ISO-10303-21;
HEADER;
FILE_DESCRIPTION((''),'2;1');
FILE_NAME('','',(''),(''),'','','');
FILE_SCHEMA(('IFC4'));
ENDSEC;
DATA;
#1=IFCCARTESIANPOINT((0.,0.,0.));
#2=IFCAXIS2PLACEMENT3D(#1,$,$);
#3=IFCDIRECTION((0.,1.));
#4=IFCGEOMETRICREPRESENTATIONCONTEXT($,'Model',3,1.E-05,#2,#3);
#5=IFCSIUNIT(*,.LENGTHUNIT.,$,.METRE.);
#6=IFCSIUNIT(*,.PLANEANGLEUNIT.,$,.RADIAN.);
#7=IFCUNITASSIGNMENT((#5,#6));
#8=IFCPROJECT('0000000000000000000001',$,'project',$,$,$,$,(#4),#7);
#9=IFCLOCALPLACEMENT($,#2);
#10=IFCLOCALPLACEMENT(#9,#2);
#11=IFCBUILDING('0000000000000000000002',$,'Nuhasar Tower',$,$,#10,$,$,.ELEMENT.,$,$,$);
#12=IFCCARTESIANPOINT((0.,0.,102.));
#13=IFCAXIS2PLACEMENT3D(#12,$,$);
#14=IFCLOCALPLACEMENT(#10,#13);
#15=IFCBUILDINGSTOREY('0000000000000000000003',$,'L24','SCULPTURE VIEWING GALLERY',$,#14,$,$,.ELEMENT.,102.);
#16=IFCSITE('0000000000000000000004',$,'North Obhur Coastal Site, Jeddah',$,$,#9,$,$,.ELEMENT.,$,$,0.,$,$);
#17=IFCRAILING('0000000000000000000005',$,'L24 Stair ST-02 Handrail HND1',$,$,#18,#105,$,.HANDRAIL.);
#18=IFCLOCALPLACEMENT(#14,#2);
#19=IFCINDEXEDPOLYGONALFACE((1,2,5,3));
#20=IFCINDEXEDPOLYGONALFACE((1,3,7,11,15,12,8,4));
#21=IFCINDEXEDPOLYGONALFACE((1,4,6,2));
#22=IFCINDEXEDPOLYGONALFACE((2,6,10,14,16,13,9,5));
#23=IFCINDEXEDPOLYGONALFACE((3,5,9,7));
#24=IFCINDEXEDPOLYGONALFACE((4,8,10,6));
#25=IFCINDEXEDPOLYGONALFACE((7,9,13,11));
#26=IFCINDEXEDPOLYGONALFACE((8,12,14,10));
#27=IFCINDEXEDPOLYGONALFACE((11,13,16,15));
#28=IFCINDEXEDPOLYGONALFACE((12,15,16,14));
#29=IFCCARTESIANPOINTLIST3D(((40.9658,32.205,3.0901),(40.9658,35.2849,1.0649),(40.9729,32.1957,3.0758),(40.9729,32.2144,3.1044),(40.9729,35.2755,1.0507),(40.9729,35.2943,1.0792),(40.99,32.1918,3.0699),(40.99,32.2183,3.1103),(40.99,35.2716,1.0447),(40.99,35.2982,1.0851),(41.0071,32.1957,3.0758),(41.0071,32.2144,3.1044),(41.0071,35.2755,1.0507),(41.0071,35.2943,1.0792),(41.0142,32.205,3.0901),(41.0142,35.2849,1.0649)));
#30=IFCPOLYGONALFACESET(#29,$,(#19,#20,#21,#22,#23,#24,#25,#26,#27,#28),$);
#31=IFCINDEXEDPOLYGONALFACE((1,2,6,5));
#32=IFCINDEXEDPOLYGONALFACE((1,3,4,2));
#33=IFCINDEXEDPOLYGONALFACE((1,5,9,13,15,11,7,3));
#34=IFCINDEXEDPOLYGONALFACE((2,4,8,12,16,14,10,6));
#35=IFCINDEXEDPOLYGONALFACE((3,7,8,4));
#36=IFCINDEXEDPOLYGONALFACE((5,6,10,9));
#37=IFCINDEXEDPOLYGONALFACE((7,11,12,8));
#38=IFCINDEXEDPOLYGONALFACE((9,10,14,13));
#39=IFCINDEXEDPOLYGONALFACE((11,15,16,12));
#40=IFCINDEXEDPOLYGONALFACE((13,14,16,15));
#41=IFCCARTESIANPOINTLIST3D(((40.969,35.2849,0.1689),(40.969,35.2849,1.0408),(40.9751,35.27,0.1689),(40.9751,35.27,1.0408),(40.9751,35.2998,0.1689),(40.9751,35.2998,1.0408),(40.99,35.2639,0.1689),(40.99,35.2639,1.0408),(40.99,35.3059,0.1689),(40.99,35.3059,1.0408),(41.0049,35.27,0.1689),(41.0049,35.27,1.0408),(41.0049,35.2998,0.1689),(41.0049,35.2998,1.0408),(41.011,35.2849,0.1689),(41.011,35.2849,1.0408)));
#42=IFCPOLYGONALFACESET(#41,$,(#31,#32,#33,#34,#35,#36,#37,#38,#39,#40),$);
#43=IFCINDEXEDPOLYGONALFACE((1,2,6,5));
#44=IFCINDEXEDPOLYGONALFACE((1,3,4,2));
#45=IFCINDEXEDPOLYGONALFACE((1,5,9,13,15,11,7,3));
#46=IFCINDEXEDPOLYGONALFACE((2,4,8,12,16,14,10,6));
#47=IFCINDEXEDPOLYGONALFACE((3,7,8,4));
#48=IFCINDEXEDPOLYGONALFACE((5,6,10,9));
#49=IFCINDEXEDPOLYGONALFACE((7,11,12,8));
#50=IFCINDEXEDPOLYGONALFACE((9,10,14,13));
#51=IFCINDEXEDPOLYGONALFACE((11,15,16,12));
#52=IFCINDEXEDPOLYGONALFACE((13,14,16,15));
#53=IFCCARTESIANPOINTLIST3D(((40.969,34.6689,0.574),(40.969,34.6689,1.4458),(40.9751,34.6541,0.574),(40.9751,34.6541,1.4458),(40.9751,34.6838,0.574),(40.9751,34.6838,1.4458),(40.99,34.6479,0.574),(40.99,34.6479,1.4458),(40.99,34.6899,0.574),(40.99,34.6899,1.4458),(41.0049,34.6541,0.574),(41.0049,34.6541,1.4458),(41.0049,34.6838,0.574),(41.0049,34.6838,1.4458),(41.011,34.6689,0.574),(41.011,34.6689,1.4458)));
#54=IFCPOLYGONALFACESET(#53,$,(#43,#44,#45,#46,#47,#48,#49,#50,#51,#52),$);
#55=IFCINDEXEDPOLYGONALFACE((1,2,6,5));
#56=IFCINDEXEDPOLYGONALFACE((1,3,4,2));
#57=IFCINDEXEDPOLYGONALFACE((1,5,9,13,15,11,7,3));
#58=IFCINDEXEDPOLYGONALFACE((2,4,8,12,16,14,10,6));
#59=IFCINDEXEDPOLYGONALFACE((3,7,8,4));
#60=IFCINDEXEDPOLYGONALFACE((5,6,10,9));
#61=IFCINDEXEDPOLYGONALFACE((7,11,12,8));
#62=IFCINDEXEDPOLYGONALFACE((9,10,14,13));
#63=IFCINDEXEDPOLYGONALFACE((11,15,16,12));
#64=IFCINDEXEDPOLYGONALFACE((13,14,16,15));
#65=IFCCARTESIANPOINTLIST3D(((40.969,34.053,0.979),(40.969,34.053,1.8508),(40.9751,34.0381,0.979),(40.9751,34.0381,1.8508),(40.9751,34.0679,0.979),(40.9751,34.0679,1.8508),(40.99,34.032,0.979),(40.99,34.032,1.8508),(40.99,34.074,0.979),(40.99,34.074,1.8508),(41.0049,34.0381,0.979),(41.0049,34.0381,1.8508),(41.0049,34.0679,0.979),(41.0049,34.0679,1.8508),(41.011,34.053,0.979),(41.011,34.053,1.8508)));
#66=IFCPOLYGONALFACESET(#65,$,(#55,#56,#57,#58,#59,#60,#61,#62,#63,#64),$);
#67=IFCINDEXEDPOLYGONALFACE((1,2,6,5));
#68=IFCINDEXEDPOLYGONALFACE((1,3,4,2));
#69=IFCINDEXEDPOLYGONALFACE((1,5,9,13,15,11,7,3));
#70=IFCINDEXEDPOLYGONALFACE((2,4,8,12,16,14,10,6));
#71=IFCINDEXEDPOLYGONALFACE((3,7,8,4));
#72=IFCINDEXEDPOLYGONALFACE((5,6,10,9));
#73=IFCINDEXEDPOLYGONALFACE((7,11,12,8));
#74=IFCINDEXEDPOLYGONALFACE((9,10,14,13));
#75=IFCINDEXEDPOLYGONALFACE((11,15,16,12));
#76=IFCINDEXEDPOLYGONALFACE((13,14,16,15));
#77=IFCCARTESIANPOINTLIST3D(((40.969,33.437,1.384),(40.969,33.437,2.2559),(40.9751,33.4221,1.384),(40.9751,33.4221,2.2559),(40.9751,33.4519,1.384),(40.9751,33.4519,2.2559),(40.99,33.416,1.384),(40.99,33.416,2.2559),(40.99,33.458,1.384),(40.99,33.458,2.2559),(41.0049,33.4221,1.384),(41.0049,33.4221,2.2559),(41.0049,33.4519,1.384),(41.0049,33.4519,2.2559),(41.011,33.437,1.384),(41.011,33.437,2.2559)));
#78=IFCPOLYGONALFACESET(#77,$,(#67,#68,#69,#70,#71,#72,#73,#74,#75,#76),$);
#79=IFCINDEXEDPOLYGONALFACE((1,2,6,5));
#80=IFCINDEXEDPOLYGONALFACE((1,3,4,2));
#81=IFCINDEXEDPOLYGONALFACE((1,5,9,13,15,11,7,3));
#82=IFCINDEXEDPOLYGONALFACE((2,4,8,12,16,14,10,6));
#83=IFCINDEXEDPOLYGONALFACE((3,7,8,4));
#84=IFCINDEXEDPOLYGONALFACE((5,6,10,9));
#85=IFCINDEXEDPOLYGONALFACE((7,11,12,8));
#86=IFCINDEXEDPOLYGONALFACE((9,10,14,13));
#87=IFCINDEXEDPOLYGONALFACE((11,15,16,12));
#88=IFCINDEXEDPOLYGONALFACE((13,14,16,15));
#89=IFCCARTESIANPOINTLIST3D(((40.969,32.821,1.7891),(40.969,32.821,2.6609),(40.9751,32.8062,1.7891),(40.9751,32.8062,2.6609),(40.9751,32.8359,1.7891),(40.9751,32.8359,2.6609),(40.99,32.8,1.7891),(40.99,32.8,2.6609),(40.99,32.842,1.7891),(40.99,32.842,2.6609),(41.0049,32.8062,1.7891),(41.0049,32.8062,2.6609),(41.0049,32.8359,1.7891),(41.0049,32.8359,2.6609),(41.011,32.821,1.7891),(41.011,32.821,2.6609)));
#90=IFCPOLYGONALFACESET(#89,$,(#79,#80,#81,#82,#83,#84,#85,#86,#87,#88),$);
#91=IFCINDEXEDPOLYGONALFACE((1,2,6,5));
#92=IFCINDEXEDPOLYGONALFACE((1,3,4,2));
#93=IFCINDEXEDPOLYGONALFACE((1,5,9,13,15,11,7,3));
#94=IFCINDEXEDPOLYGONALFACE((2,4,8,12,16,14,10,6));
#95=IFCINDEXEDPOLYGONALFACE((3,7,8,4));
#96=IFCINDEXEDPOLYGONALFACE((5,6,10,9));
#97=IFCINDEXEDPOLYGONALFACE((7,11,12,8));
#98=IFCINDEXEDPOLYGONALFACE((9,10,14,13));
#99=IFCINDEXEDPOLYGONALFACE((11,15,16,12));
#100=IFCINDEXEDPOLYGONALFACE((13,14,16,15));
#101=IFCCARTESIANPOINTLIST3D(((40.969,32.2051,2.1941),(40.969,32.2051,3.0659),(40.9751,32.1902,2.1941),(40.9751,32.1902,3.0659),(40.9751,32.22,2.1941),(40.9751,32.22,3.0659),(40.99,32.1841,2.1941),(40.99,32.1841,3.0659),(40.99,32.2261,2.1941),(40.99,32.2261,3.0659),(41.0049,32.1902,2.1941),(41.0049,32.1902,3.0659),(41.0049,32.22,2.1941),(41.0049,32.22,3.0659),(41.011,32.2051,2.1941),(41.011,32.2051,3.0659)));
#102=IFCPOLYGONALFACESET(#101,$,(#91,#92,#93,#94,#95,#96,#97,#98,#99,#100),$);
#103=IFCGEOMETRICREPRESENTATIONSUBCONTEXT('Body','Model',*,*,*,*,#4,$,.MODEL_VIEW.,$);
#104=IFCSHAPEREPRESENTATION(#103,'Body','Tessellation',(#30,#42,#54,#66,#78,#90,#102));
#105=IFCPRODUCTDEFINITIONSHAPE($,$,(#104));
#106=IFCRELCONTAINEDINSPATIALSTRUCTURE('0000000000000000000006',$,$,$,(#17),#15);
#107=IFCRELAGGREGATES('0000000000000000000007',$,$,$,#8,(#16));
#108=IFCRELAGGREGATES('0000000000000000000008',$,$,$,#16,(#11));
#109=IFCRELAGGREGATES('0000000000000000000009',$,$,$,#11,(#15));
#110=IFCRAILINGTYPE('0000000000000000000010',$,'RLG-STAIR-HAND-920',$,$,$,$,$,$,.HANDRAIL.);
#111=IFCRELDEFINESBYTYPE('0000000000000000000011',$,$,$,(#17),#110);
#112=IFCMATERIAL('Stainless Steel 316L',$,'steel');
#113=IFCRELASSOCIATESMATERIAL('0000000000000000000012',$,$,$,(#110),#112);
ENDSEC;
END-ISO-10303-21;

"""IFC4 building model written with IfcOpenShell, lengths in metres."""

from ifc_helpers import new_model, si_unit, direction, frame, origin, place, context, subcontext, project, spatial, polyline, outline, extrude, material, type_object, element, save


model = new_model("IFC4")

# Units and contexts
model_context = context("Model", 3, precision=1e-05, world=origin(), true_north=direction((0.0, 1.0)))
body_context = subcontext(model_context, "Body", "Model", "MODEL_VIEW")
ifc_project = project(units=[si_unit("LENGTHUNIT", "METRE"), si_unit("PLANEANGLEUNIT", "RADIAN")], contexts=[model_context])

# Site, building, storey
site_placement = place(None, origin())
site = spatial("IfcSite", under=ifc_project, at=site_placement, Name="North Obhur Coastal Site, Jeddah", CompositionType="ELEMENT", RefElevation=0.0)
building_placement = place(site_placement, origin())
building = spatial("IfcBuilding", under=site, at=building_placement, Name="Nuhasar Tower", CompositionType="ELEMENT")
storey_placement = place(building_placement, frame((0.0, 0.0, 102.0)))
storey = spatial("IfcBuildingStorey", under=building, at=storey_placement, Name="L24", Description="SCULPTURE VIEWING GALLERY", CompositionType="ELEMENT", Elevation=102.0)

# Railing
ifc_material_1 = material(Name="Stainless Steel 316L", Category="steel")
railing_type_1 = type_object("IfcRailingType", Name="RLG-STAIR-HAND-920", PredefinedType="HANDRAIL", material=ifc_material_1)
railing_1_placement = place(storey_placement, frame((40.99, 35.2849, 0.1689)))
element("IfcRailing", 1, at=railing_1_placement, inside=storey, type_object=railing_type_1, Name="L24 Stair ST-02 Handrail HND1", PredefinedType="HANDRAIL", context=body_context, shape_type="SweptSolid", body=[
    extrude(outline(polyline([(0.0242, 0.0), (0.0171, 0.0171), (0.0, 0.0242), (-0.0171, 0.0171), (-0.0242, 0.0), (-0.0171, -0.0171), (0.0, -0.0242), (0.0171, -0.0171), (0.0242, 0.0)])), frame((0.0, 0.0, 0.896), z_axis=(0.0, -0.835549, 0.549416), x_axis=(1.0, 0.0, 0.0)), (0.0, 0.0, 1.0), 3.686),
    extrude(outline(polyline([(0.021, 0.0), (0.0149, 0.0149), (0.0, 0.021), (-0.0149, 0.0149), (-0.021, 0.0), (-0.0149, -0.0149), (0.0, -0.021), (0.0149, -0.0149), (0.021, 0.0)])), origin(), (0.0, 0.0, 1.0), 0.8718),
    extrude(outline(polyline([(0.021, 0.0), (0.0149, 0.0149), (0.0, 0.021), (-0.0149, 0.0149), (-0.021, 0.0), (-0.0149, -0.0149), (0.0, -0.021), (0.0149, -0.0149), (0.021, 0.0)])), frame((0.0, -0.616, 0.405)), (0.0, 0.0, 1.0), 0.8718),
    extrude(outline(polyline([(0.021, 0.0), (0.0149, 0.0149), (0.0, 0.021), (-0.0149, 0.0149), (-0.021, 0.0), (-0.0149, -0.0149), (0.0, -0.021), (0.0149, -0.0149), (0.021, 0.0)])), frame((0.0, -1.2319, 0.8101)), (0.0, 0.0, 1.0), 0.8718),
    extrude(outline(polyline([(0.021, 0.0), (0.0149, 0.0149), (0.0, 0.021), (-0.0149, 0.0149), (-0.021, 0.0), (-0.0149, -0.0149), (0.0, -0.021), (0.0149, -0.0149), (0.021, 0.0)])), frame((0.0, -1.8479, 1.2151)), (0.0, 0.0, 1.0), 0.8718),
    extrude(outline(polyline([(0.021, 0.0), (0.0149, 0.0149), (0.0, 0.021), (-0.0149, 0.0149), (-0.021, 0.0), (-0.0149, -0.0149), (0.0, -0.021), (0.0149, -0.0149), (0.021, 0.0)])), frame((0.0, -2.4639, 1.6201)), (0.0, 0.0, 1.0), 0.8718),
    extrude(outline(polyline([(0.021, 0.0), (0.0149, 0.0149), (0.0, 0.021), (-0.0149, 0.0149), (-0.021, 0.0), (-0.0149, -0.0149), (0.0, -0.021), (0.0149, -0.0149), (0.021, 0.0)])), frame((0.0, -3.0798, 2.0251)), (0.0, 0.0, 1.0), 0.8718),
])

save(model, "model.ifc")
